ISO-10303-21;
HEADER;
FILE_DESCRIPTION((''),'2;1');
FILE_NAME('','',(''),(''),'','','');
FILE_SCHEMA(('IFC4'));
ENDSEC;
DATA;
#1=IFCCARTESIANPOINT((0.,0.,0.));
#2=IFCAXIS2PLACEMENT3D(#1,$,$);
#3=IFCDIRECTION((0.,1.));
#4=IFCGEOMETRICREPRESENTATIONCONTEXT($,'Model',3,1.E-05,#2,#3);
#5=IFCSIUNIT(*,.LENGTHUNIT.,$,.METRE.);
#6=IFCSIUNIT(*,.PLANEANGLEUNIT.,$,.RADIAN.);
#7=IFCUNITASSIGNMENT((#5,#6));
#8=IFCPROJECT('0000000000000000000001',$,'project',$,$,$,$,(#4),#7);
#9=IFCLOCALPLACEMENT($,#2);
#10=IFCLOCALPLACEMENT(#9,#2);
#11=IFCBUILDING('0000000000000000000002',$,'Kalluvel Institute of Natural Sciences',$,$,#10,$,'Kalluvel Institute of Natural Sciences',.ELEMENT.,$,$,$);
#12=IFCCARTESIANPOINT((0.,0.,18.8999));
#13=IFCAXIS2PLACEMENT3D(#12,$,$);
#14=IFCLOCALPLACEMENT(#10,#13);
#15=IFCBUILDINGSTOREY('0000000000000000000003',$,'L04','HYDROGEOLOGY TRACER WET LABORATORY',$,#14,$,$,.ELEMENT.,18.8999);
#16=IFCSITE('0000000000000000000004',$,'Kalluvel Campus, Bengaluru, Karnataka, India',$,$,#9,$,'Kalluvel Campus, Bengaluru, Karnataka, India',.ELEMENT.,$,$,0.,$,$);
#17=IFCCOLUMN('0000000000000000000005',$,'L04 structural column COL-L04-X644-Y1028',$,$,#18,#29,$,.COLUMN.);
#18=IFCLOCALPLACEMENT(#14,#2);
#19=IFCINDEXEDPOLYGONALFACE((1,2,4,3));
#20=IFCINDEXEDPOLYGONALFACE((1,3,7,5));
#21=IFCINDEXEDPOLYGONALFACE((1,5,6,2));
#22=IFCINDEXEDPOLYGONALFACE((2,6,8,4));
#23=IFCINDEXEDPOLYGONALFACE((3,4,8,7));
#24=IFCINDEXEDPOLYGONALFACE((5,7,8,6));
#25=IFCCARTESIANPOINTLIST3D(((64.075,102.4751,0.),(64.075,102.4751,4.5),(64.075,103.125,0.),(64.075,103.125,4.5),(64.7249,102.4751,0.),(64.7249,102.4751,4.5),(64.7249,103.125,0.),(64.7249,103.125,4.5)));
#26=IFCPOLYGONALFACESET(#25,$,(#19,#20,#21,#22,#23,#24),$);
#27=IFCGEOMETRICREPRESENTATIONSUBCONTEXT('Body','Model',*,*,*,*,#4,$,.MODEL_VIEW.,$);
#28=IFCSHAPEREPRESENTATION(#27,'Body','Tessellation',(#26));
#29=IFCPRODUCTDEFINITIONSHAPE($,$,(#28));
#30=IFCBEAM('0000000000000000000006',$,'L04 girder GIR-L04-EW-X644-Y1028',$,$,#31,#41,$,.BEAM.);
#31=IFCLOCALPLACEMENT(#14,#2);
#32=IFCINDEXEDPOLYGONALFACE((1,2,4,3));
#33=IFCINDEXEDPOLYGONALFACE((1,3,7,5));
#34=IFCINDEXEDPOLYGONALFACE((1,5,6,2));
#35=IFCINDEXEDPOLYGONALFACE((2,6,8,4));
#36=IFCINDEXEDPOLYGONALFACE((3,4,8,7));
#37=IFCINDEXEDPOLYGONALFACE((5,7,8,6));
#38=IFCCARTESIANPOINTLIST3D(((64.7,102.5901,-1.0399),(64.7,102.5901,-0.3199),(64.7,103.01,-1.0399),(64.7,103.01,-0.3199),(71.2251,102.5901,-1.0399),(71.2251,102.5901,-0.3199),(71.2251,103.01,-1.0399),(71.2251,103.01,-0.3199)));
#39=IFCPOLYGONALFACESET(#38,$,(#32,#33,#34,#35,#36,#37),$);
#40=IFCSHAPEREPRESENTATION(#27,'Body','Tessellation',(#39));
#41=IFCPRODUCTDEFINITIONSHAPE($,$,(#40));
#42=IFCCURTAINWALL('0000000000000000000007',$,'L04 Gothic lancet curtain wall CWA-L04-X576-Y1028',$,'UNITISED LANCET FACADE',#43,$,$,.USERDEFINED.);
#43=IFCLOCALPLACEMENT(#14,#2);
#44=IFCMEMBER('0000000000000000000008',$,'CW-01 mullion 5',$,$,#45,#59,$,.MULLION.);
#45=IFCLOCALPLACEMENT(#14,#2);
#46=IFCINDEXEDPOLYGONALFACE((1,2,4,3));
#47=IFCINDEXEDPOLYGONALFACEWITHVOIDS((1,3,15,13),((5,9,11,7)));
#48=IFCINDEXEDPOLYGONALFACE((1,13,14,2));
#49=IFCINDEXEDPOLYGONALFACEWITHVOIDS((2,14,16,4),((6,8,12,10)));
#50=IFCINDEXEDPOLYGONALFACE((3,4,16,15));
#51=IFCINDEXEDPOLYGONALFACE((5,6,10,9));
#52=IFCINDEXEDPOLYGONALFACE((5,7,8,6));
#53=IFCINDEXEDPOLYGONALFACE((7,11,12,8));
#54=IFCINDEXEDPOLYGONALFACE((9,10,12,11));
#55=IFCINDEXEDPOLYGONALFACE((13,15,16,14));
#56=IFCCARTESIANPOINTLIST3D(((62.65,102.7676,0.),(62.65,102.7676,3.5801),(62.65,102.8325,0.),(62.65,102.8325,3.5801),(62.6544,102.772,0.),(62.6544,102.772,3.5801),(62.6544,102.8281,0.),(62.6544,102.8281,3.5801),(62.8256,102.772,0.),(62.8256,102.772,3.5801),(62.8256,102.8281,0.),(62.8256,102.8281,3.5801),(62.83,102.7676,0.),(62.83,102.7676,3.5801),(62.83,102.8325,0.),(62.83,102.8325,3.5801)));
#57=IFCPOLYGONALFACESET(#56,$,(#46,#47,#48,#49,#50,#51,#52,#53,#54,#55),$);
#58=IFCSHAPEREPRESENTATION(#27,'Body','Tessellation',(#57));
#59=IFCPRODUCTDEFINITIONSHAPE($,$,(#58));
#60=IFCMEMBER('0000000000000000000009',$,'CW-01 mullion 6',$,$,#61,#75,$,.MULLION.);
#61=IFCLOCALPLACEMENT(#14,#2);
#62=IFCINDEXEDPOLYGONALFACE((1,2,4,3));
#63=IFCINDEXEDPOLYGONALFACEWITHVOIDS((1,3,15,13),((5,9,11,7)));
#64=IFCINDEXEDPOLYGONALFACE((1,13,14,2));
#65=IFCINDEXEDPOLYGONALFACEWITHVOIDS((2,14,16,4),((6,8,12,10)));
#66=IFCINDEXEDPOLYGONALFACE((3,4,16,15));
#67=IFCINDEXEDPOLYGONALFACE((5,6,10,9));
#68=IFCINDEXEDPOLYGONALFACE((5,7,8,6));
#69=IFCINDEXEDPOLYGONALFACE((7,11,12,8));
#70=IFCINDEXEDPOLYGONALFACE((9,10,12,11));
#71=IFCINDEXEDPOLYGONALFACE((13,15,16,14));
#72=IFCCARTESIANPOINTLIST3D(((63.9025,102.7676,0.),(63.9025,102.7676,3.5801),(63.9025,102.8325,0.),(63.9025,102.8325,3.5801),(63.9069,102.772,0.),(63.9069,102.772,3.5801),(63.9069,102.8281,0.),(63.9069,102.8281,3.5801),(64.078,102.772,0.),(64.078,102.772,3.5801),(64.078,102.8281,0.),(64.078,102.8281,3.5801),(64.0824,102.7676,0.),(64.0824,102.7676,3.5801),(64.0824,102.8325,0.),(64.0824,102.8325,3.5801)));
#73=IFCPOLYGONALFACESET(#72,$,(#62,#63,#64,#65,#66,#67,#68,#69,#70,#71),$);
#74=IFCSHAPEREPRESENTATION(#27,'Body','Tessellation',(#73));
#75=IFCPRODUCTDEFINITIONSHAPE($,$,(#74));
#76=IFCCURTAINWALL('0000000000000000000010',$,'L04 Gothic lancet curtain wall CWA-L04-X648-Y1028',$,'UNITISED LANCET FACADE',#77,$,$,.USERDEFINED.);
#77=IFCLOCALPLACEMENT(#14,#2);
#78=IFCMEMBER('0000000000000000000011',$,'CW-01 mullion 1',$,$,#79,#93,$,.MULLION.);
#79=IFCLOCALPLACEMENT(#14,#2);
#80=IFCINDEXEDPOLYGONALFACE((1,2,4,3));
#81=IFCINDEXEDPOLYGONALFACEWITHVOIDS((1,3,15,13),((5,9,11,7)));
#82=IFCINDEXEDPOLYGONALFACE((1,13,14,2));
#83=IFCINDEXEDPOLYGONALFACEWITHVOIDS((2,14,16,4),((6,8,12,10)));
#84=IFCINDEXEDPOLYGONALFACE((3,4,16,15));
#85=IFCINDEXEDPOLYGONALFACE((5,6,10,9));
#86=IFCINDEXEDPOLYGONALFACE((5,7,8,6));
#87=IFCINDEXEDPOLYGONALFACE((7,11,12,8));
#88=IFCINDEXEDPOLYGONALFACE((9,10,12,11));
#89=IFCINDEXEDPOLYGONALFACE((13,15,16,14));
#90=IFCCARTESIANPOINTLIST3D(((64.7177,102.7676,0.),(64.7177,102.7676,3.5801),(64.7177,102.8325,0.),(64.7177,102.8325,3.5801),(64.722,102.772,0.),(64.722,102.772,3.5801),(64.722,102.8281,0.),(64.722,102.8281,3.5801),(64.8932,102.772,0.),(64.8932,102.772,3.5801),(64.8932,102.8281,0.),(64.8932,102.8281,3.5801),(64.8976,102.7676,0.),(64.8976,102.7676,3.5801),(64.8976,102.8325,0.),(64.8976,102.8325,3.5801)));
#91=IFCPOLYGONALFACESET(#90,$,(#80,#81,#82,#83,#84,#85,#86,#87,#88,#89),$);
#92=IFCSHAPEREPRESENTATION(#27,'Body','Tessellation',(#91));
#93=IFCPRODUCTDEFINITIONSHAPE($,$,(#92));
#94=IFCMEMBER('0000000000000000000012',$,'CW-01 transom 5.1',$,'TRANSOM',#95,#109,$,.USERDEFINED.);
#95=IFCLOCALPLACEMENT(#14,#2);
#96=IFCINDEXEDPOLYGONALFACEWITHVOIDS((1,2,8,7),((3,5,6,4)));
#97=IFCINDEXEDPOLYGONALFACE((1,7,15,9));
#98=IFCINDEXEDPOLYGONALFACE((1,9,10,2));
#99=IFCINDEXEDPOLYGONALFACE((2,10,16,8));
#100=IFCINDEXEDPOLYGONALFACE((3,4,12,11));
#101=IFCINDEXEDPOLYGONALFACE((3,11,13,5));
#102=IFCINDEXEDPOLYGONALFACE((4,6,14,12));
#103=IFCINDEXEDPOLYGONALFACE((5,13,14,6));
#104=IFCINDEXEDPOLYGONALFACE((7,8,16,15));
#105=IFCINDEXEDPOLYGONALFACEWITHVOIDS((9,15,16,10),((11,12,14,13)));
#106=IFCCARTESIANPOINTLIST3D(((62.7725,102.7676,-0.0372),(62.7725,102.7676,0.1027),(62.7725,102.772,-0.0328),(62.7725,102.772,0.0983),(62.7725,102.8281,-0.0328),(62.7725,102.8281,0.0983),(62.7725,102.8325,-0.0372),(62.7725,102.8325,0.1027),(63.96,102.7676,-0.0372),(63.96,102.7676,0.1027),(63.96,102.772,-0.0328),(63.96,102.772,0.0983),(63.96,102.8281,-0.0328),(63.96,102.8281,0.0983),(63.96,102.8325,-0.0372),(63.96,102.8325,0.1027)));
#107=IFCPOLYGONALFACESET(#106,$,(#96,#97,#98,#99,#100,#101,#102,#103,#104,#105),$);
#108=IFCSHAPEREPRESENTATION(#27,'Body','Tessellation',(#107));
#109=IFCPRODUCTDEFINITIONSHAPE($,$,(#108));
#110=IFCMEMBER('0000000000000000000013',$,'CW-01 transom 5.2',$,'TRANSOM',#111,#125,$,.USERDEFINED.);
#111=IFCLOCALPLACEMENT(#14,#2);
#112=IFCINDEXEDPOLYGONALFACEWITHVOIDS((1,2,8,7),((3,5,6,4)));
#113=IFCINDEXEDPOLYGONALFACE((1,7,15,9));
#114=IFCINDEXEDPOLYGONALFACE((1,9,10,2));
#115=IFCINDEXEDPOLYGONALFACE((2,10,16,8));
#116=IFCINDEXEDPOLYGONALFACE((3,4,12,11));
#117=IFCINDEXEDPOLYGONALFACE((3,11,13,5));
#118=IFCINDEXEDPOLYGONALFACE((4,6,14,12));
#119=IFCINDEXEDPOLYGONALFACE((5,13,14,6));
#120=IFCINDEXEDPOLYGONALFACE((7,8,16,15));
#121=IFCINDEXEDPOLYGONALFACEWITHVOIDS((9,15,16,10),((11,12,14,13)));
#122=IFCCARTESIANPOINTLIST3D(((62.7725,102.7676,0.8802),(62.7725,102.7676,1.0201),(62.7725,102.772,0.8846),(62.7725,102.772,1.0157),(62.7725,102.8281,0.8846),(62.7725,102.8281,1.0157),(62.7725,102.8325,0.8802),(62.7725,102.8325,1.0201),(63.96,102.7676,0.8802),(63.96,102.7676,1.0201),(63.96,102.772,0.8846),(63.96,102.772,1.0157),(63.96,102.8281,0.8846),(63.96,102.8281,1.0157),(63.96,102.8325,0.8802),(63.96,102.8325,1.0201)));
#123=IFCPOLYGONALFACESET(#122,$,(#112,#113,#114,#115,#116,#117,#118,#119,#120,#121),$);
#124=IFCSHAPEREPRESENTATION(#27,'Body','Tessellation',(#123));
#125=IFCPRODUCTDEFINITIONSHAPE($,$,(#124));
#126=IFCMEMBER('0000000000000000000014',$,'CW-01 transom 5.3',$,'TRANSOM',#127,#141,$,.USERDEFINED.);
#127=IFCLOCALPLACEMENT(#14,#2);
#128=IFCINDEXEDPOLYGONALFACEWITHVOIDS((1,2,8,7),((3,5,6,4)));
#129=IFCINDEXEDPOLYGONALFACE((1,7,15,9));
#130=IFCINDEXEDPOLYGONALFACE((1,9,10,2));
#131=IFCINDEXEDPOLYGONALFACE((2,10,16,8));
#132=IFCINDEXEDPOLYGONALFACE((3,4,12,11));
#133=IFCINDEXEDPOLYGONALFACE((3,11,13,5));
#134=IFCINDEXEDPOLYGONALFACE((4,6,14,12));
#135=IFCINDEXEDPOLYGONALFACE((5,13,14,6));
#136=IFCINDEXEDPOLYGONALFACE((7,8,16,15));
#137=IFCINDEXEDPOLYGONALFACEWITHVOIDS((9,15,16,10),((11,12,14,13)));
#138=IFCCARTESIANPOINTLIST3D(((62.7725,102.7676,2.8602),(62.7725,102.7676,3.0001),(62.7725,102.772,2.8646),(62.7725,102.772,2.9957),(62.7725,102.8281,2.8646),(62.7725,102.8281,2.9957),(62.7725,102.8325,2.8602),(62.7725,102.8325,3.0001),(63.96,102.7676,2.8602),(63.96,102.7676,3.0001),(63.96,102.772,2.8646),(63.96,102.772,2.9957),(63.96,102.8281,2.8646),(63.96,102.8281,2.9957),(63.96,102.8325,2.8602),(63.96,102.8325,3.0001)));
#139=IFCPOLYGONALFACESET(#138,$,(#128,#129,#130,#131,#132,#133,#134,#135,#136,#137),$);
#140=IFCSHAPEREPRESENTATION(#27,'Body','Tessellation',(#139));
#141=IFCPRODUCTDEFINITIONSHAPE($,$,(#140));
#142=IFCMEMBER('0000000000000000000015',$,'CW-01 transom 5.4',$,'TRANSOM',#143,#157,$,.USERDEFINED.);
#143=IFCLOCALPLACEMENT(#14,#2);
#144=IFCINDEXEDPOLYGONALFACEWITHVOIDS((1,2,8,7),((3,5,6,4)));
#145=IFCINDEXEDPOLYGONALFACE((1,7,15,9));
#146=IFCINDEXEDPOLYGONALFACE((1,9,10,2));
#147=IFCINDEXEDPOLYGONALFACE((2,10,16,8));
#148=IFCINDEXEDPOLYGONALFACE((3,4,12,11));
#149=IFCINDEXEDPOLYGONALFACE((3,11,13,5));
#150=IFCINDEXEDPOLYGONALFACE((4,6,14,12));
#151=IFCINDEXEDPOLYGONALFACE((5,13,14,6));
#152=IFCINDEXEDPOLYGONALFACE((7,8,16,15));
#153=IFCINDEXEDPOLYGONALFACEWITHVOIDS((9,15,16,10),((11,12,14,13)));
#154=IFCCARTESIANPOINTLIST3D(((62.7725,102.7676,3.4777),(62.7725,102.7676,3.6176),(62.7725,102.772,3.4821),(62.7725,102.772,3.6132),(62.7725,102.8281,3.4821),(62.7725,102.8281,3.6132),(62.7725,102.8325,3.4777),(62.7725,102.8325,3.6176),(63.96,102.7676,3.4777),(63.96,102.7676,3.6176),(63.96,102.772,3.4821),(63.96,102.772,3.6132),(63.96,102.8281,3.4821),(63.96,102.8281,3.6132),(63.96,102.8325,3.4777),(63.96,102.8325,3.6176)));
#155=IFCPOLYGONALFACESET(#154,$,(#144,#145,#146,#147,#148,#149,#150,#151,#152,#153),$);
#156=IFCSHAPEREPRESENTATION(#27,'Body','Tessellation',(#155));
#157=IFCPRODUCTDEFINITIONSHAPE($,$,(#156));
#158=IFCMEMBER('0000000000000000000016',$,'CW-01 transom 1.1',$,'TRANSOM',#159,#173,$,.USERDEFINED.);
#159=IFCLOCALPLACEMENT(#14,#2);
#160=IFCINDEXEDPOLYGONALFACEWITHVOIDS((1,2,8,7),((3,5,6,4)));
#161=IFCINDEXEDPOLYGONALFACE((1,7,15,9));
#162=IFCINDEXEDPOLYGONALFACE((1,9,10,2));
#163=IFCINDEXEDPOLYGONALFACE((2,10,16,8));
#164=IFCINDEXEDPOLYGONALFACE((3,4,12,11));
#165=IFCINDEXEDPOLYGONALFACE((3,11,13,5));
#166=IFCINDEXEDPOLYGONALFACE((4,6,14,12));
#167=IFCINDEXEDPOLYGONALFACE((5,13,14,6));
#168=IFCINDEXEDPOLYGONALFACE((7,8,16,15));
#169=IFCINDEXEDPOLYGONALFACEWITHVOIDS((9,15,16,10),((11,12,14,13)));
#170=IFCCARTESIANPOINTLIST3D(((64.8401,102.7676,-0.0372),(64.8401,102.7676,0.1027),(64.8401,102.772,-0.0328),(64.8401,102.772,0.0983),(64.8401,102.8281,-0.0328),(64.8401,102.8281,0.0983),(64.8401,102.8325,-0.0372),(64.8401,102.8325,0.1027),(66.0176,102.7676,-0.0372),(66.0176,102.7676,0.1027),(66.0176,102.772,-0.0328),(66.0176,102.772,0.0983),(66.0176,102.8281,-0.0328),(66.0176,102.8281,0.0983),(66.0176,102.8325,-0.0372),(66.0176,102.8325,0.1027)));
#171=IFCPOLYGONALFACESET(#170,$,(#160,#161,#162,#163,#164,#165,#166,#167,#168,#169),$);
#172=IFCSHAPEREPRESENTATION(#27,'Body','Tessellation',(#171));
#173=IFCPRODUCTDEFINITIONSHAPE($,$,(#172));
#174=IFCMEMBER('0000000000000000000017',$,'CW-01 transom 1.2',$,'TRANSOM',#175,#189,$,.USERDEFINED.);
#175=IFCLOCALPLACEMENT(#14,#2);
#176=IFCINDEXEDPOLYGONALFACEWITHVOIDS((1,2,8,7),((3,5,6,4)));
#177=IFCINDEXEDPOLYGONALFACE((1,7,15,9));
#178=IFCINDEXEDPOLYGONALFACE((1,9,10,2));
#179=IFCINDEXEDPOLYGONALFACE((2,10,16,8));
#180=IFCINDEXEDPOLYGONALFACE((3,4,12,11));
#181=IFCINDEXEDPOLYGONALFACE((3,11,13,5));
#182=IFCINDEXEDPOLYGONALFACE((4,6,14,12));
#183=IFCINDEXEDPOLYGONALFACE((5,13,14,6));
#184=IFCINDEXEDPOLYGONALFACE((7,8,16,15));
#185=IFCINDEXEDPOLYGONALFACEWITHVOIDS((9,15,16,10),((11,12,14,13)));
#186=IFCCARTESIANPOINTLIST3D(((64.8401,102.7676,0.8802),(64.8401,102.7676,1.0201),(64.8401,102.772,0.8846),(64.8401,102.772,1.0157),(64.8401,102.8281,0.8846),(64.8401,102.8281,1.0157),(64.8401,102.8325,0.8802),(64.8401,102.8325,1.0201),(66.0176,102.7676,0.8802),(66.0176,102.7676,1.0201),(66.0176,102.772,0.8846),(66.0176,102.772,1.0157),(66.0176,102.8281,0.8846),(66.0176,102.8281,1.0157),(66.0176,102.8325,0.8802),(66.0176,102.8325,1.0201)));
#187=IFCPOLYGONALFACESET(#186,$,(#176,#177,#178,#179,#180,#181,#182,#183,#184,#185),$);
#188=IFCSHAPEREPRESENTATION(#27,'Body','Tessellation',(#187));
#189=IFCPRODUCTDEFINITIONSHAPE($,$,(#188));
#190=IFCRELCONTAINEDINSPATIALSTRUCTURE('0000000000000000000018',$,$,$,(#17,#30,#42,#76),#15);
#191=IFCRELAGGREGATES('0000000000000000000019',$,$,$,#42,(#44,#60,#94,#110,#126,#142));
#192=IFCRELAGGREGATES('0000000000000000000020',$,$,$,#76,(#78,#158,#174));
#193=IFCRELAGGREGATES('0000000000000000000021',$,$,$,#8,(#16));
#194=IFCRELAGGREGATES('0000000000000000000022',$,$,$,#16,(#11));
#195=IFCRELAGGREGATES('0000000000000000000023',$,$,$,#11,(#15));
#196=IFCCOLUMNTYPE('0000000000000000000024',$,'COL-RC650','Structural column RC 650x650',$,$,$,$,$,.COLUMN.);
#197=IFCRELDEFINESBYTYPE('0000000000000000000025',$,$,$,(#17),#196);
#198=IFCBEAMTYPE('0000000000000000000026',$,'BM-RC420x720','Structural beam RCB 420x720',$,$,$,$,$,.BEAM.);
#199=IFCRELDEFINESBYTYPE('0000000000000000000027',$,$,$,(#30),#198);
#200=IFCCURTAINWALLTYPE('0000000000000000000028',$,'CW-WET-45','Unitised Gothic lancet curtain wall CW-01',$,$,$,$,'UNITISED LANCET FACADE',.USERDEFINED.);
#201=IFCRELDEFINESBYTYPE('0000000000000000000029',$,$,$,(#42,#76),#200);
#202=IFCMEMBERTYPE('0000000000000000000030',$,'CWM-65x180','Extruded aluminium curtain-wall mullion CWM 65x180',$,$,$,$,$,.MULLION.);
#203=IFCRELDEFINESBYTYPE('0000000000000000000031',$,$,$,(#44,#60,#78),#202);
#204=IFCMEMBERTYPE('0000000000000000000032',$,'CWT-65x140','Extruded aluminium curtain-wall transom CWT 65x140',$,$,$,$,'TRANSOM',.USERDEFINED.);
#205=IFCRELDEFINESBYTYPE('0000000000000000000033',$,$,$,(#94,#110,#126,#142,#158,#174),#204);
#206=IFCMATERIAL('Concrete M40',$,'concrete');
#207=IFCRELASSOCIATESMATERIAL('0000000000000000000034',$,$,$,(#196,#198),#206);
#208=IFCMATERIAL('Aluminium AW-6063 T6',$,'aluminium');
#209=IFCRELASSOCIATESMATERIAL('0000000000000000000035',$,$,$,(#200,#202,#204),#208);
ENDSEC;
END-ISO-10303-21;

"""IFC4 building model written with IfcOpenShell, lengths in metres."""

from ifc_helpers import new_model, si_unit, direction, frame, origin, origin_2d, place, context, subcontext, project, spatial, rectangle, hollow_rectangle, extrude, material, material_profile, profile_set, type_object, element, aggregate, save


model = new_model("IFC4")

# Units and contexts
model_context = context("Model", 3, precision=1e-05, world=origin(), true_north=direction((0.0, 1.0)))
body_context = subcontext(model_context, "Body", "Model", "MODEL_VIEW")
ifc_project = project(units=[si_unit("LENGTHUNIT", "METRE"), si_unit("PLANEANGLEUNIT", "RADIAN")], contexts=[model_context])

# Site, building, storey
site_placement = place(None, origin())
site = spatial("IfcSite", under=ifc_project, at=site_placement, Name="Kalluvel Campus, Bengaluru, Karnataka, India", LongName="Kalluvel Campus, Bengaluru, Karnataka, India", CompositionType="ELEMENT", RefElevation=0.0)
building_placement = place(site_placement, origin())
building = spatial("IfcBuilding", under=site, at=building_placement, Name="Kalluvel Institute of Natural Sciences", LongName="Kalluvel Institute of Natural Sciences", CompositionType="ELEMENT")
storey_placement = place(building_placement, frame((0.0, 0.0, 18.8999)))
storey = spatial("IfcBuildingStorey", under=building, at=storey_placement, Name="L04", Description="HYDROGEOLOGY TRACER WET LABORATORY", CompositionType="ELEMENT", Elevation=18.8999)

# Column
ifc_material_1 = material(Name="Concrete M40", Category="concrete")
ifc_material_profile_1 = material_profile(ifc_material_1, rectangle(XDim=0.6499, YDim=0.6499, at=origin_2d()), Name="RC 650x650")
ifc_profile_set_1 = profile_set([ifc_material_profile_1], Name="Concrete M40")
column_type = type_object("IfcColumnType", Name="COL-RC650", Description="Structural column RC 650x650", PredefinedType="COLUMN", material=ifc_profile_set_1)
column_placement = place(storey_placement, frame((64.3999, 102.8, 0.0), z_axis=(0.0, 0.0, 1.0), x_axis=(1.0, 0.0, 0.0)))
element("IfcColumn", 1, at=column_placement, inside=storey, type_object=column_type, Name="L04 structural column COL-L04-X644-Y1028", PredefinedType="COLUMN", context=body_context, shape_type="SweptSolid", body=[
    extrude(rectangle(XDim=0.6499, YDim=0.6499, at=origin_2d()), origin(), (0.0, 0.0, 1.0), 4.5),
])

# Beam
ifc_material_profile_2 = material_profile(ifc_material_1, rectangle(XDim=0.4199, YDim=0.72, at=origin_2d()), Name="RCB 420x720")
ifc_profile_set_2 = profile_set([ifc_material_profile_2], Name="Concrete M40")
beam_type = type_object("IfcBeamType", Name="BM-RC420x720", Description="Structural beam RCB 420x720", PredefinedType="BEAM", material=ifc_profile_set_2)
beam_placement = place(storey_placement, frame((64.7, 102.8, -0.6799), z_axis=(1.0, 0.0, 0.0), x_axis=(0.0, 1.0, 0.0)))
element("IfcBeam", 2, at=beam_placement, inside=storey, type_object=beam_type, Name="L04 girder GIR-L04-EW-X644-Y1028", PredefinedType="BEAM", context=body_context, shape_type="SweptSolid", body=[
    extrude(rectangle(XDim=0.4199, YDim=0.72, at=origin_2d()), origin(), (0.0, 0.0, 1.0), 6.5251),
])

# Curtain wall, members
ifc_material_2 = material(Name="Aluminium AW-6063 T6", Category="aluminium")
curtain_wall_type = type_object("IfcCurtainWallType", Name="CW-WET-45", Description="Unitised Gothic lancet curtain wall CW-01", ElementType="UNITISED LANCET FACADE", PredefinedType="USERDEFINED", material=ifc_material_2)
curtain_wall_1_placement = place(storey_placement, origin())
curtain_wall_1 = element("IfcCurtainWall", 3, at=curtain_wall_1_placement, inside=storey, type_object=curtain_wall_type, Name="L04 Gothic lancet curtain wall CWA-L04-X576-Y1028", ObjectType="UNITISED LANCET FACADE", PredefinedType="USERDEFINED")
ifc_material_profile_3 = material_profile(ifc_material_2, hollow_rectangle(XDim=0.0649, YDim=0.1799, WallThickness=0.0044, at=origin_2d()), Name="CWM 65x180")
ifc_profile_set_3 = profile_set([ifc_material_profile_3], Name="Aluminium AW-6063 T6")
member_type_1 = type_object("IfcMemberType", Name="CWM-65x180", Description="Extruded aluminium curtain-wall mullion CWM 65x180", PredefinedType="MULLION", material=ifc_profile_set_3)
member_1_placement = place(storey_placement, frame((62.74, 102.8, 0.0), z_axis=(0.0, 0.0, 1.0), x_axis=(0.0, 1.0, 0.0)))
member_1 = element("IfcMember", 4, at=member_1_placement, type_object=member_type_1, Name="CW-01 mullion 5", PredefinedType="MULLION", context=body_context, shape_type="SweptSolid", body=[
    extrude(hollow_rectangle(XDim=0.0649, YDim=0.1799, WallThickness=0.0044, at=origin_2d()), origin(), (0.0, 0.0, 1.0), 3.5801),
])
member_2_placement = place(storey_placement, frame((63.9924, 102.8, 0.0), z_axis=(0.0, 0.0, 1.0), x_axis=(0.0, 1.0, 0.0)))
member_2 = element("IfcMember", 5, at=member_2_placement, type_object=member_type_1, Name="CW-01 mullion 6", PredefinedType="MULLION", context=body_context, shape_type="SweptSolid", body=[
    extrude(hollow_rectangle(XDim=0.0649, YDim=0.1799, WallThickness=0.0044, at=origin_2d()), origin(), (0.0, 0.0, 1.0), 3.5801),
])

# Curtain wall, member
curtain_wall_2_placement = place(storey_placement, origin())
curtain_wall_2 = element("IfcCurtainWall", 6, at=curtain_wall_2_placement, inside=storey, type_object=curtain_wall_type, Name="L04 Gothic lancet curtain wall CWA-L04-X648-Y1028", ObjectType="UNITISED LANCET FACADE", PredefinedType="USERDEFINED")
member_3_placement = place(storey_placement, frame((64.8076, 102.8, 0.0), z_axis=(0.0, 0.0, 1.0), x_axis=(0.0, 1.0, 0.0)))
member_3 = element("IfcMember", 7, at=member_3_placement, type_object=member_type_1, Name="CW-01 mullion 1", PredefinedType="MULLION", context=body_context, shape_type="SweptSolid", body=[
    extrude(hollow_rectangle(XDim=0.0649, YDim=0.1799, WallThickness=0.0044, at=origin_2d()), origin(), (0.0, 0.0, 1.0), 3.5801),
])

# Members
ifc_material_profile_4 = material_profile(ifc_material_2, hollow_rectangle(XDim=0.0649, YDim=0.1399, WallThickness=0.0044, at=origin_2d()), Name="CWT 65x140")
ifc_profile_set_4 = profile_set([ifc_material_profile_4], Name="Aluminium AW-6063 T6")
member_type_2 = type_object("IfcMemberType", Name="CWT-65x140", Description="Extruded aluminium curtain-wall transom CWT 65x140", ElementType="TRANSOM", PredefinedType="USERDEFINED", material=ifc_profile_set_4)
member_4_placement = place(storey_placement, frame((62.7725, 102.8, 0.0327), z_axis=(1.0, 0.0, 0.0), x_axis=(0.0, 1.0, 0.0)))
member_4 = element("IfcMember", 8, at=member_4_placement, type_object=member_type_2, Name="CW-01 transom 5.1", ObjectType="TRANSOM", PredefinedType="USERDEFINED", context=body_context, shape_type="SweptSolid", body=[
    extrude(hollow_rectangle(XDim=0.0649, YDim=0.1399, WallThickness=0.0044, at=origin_2d()), origin(), (0.0, 0.0, 1.0), 1.1875),
])
member_5_placement = place(storey_placement, frame((62.7725, 102.8, 0.9502), z_axis=(1.0, 0.0, 0.0), x_axis=(0.0, 1.0, 0.0)))
member_5 = element("IfcMember", 9, at=member_5_placement, type_object=member_type_2, Name="CW-01 transom 5.2", ObjectType="TRANSOM", PredefinedType="USERDEFINED", context=body_context, shape_type="SweptSolid", body=[
    extrude(hollow_rectangle(XDim=0.0649, YDim=0.1399, WallThickness=0.0044, at=origin_2d()), origin(), (0.0, 0.0, 1.0), 1.1875),
])
member_6_placement = place(storey_placement, frame((62.7725, 102.8, 2.9302), z_axis=(1.0, 0.0, 0.0), x_axis=(0.0, 1.0, 0.0)))
member_6 = element("IfcMember", 10, at=member_6_placement, type_object=member_type_2, Name="CW-01 transom 5.3", ObjectType="TRANSOM", PredefinedType="USERDEFINED", context=body_context, shape_type="SweptSolid", body=[
    extrude(hollow_rectangle(XDim=0.0649, YDim=0.1399, WallThickness=0.0044, at=origin_2d()), origin(), (0.0, 0.0, 1.0), 1.1875),
])
member_7_placement = place(storey_placement, frame((62.7725, 102.8, 3.5476), z_axis=(1.0, 0.0, 0.0), x_axis=(0.0, 1.0, 0.0)))
member_7 = element("IfcMember", 11, at=member_7_placement, type_object=member_type_2, Name="CW-01 transom 5.4", ObjectType="TRANSOM", PredefinedType="USERDEFINED", context=body_context, shape_type="SweptSolid", body=[
    extrude(hollow_rectangle(XDim=0.0649, YDim=0.1399, WallThickness=0.0044, at=origin_2d()), origin(), (0.0, 0.0, 1.0), 1.1875),
])
member_8_placement = place(storey_placement, frame((64.8401, 102.8, 0.0327), z_axis=(1.0, 0.0, 0.0), x_axis=(0.0, 1.0, 0.0)))
member_8 = element("IfcMember", 12, at=member_8_placement, type_object=member_type_2, Name="CW-01 transom 1.1", ObjectType="TRANSOM", PredefinedType="USERDEFINED", context=body_context, shape_type="SweptSolid", body=[
    extrude(hollow_rectangle(XDim=0.0649, YDim=0.1399, WallThickness=0.0044, at=origin_2d()), origin(), (0.0, 0.0, 1.0), 1.1775),
])
member_9_placement = place(storey_placement, frame((64.8401, 102.8, 0.9502), z_axis=(1.0, 0.0, 0.0), x_axis=(0.0, 1.0, 0.0)))
member_9 = element("IfcMember", 13, at=member_9_placement, type_object=member_type_2, Name="CW-01 transom 1.2", ObjectType="TRANSOM", PredefinedType="USERDEFINED", context=body_context, shape_type="SweptSolid", body=[
    extrude(hollow_rectangle(XDim=0.0649, YDim=0.1399, WallThickness=0.0044, at=origin_2d()), origin(), (0.0, 0.0, 1.0), 1.1775),
])

aggregate(curtain_wall_1, [member_1, member_2, member_4, member_5, member_6, member_7])
aggregate(curtain_wall_2, [member_3, member_8, member_9])

save(model, "model.ifc")
